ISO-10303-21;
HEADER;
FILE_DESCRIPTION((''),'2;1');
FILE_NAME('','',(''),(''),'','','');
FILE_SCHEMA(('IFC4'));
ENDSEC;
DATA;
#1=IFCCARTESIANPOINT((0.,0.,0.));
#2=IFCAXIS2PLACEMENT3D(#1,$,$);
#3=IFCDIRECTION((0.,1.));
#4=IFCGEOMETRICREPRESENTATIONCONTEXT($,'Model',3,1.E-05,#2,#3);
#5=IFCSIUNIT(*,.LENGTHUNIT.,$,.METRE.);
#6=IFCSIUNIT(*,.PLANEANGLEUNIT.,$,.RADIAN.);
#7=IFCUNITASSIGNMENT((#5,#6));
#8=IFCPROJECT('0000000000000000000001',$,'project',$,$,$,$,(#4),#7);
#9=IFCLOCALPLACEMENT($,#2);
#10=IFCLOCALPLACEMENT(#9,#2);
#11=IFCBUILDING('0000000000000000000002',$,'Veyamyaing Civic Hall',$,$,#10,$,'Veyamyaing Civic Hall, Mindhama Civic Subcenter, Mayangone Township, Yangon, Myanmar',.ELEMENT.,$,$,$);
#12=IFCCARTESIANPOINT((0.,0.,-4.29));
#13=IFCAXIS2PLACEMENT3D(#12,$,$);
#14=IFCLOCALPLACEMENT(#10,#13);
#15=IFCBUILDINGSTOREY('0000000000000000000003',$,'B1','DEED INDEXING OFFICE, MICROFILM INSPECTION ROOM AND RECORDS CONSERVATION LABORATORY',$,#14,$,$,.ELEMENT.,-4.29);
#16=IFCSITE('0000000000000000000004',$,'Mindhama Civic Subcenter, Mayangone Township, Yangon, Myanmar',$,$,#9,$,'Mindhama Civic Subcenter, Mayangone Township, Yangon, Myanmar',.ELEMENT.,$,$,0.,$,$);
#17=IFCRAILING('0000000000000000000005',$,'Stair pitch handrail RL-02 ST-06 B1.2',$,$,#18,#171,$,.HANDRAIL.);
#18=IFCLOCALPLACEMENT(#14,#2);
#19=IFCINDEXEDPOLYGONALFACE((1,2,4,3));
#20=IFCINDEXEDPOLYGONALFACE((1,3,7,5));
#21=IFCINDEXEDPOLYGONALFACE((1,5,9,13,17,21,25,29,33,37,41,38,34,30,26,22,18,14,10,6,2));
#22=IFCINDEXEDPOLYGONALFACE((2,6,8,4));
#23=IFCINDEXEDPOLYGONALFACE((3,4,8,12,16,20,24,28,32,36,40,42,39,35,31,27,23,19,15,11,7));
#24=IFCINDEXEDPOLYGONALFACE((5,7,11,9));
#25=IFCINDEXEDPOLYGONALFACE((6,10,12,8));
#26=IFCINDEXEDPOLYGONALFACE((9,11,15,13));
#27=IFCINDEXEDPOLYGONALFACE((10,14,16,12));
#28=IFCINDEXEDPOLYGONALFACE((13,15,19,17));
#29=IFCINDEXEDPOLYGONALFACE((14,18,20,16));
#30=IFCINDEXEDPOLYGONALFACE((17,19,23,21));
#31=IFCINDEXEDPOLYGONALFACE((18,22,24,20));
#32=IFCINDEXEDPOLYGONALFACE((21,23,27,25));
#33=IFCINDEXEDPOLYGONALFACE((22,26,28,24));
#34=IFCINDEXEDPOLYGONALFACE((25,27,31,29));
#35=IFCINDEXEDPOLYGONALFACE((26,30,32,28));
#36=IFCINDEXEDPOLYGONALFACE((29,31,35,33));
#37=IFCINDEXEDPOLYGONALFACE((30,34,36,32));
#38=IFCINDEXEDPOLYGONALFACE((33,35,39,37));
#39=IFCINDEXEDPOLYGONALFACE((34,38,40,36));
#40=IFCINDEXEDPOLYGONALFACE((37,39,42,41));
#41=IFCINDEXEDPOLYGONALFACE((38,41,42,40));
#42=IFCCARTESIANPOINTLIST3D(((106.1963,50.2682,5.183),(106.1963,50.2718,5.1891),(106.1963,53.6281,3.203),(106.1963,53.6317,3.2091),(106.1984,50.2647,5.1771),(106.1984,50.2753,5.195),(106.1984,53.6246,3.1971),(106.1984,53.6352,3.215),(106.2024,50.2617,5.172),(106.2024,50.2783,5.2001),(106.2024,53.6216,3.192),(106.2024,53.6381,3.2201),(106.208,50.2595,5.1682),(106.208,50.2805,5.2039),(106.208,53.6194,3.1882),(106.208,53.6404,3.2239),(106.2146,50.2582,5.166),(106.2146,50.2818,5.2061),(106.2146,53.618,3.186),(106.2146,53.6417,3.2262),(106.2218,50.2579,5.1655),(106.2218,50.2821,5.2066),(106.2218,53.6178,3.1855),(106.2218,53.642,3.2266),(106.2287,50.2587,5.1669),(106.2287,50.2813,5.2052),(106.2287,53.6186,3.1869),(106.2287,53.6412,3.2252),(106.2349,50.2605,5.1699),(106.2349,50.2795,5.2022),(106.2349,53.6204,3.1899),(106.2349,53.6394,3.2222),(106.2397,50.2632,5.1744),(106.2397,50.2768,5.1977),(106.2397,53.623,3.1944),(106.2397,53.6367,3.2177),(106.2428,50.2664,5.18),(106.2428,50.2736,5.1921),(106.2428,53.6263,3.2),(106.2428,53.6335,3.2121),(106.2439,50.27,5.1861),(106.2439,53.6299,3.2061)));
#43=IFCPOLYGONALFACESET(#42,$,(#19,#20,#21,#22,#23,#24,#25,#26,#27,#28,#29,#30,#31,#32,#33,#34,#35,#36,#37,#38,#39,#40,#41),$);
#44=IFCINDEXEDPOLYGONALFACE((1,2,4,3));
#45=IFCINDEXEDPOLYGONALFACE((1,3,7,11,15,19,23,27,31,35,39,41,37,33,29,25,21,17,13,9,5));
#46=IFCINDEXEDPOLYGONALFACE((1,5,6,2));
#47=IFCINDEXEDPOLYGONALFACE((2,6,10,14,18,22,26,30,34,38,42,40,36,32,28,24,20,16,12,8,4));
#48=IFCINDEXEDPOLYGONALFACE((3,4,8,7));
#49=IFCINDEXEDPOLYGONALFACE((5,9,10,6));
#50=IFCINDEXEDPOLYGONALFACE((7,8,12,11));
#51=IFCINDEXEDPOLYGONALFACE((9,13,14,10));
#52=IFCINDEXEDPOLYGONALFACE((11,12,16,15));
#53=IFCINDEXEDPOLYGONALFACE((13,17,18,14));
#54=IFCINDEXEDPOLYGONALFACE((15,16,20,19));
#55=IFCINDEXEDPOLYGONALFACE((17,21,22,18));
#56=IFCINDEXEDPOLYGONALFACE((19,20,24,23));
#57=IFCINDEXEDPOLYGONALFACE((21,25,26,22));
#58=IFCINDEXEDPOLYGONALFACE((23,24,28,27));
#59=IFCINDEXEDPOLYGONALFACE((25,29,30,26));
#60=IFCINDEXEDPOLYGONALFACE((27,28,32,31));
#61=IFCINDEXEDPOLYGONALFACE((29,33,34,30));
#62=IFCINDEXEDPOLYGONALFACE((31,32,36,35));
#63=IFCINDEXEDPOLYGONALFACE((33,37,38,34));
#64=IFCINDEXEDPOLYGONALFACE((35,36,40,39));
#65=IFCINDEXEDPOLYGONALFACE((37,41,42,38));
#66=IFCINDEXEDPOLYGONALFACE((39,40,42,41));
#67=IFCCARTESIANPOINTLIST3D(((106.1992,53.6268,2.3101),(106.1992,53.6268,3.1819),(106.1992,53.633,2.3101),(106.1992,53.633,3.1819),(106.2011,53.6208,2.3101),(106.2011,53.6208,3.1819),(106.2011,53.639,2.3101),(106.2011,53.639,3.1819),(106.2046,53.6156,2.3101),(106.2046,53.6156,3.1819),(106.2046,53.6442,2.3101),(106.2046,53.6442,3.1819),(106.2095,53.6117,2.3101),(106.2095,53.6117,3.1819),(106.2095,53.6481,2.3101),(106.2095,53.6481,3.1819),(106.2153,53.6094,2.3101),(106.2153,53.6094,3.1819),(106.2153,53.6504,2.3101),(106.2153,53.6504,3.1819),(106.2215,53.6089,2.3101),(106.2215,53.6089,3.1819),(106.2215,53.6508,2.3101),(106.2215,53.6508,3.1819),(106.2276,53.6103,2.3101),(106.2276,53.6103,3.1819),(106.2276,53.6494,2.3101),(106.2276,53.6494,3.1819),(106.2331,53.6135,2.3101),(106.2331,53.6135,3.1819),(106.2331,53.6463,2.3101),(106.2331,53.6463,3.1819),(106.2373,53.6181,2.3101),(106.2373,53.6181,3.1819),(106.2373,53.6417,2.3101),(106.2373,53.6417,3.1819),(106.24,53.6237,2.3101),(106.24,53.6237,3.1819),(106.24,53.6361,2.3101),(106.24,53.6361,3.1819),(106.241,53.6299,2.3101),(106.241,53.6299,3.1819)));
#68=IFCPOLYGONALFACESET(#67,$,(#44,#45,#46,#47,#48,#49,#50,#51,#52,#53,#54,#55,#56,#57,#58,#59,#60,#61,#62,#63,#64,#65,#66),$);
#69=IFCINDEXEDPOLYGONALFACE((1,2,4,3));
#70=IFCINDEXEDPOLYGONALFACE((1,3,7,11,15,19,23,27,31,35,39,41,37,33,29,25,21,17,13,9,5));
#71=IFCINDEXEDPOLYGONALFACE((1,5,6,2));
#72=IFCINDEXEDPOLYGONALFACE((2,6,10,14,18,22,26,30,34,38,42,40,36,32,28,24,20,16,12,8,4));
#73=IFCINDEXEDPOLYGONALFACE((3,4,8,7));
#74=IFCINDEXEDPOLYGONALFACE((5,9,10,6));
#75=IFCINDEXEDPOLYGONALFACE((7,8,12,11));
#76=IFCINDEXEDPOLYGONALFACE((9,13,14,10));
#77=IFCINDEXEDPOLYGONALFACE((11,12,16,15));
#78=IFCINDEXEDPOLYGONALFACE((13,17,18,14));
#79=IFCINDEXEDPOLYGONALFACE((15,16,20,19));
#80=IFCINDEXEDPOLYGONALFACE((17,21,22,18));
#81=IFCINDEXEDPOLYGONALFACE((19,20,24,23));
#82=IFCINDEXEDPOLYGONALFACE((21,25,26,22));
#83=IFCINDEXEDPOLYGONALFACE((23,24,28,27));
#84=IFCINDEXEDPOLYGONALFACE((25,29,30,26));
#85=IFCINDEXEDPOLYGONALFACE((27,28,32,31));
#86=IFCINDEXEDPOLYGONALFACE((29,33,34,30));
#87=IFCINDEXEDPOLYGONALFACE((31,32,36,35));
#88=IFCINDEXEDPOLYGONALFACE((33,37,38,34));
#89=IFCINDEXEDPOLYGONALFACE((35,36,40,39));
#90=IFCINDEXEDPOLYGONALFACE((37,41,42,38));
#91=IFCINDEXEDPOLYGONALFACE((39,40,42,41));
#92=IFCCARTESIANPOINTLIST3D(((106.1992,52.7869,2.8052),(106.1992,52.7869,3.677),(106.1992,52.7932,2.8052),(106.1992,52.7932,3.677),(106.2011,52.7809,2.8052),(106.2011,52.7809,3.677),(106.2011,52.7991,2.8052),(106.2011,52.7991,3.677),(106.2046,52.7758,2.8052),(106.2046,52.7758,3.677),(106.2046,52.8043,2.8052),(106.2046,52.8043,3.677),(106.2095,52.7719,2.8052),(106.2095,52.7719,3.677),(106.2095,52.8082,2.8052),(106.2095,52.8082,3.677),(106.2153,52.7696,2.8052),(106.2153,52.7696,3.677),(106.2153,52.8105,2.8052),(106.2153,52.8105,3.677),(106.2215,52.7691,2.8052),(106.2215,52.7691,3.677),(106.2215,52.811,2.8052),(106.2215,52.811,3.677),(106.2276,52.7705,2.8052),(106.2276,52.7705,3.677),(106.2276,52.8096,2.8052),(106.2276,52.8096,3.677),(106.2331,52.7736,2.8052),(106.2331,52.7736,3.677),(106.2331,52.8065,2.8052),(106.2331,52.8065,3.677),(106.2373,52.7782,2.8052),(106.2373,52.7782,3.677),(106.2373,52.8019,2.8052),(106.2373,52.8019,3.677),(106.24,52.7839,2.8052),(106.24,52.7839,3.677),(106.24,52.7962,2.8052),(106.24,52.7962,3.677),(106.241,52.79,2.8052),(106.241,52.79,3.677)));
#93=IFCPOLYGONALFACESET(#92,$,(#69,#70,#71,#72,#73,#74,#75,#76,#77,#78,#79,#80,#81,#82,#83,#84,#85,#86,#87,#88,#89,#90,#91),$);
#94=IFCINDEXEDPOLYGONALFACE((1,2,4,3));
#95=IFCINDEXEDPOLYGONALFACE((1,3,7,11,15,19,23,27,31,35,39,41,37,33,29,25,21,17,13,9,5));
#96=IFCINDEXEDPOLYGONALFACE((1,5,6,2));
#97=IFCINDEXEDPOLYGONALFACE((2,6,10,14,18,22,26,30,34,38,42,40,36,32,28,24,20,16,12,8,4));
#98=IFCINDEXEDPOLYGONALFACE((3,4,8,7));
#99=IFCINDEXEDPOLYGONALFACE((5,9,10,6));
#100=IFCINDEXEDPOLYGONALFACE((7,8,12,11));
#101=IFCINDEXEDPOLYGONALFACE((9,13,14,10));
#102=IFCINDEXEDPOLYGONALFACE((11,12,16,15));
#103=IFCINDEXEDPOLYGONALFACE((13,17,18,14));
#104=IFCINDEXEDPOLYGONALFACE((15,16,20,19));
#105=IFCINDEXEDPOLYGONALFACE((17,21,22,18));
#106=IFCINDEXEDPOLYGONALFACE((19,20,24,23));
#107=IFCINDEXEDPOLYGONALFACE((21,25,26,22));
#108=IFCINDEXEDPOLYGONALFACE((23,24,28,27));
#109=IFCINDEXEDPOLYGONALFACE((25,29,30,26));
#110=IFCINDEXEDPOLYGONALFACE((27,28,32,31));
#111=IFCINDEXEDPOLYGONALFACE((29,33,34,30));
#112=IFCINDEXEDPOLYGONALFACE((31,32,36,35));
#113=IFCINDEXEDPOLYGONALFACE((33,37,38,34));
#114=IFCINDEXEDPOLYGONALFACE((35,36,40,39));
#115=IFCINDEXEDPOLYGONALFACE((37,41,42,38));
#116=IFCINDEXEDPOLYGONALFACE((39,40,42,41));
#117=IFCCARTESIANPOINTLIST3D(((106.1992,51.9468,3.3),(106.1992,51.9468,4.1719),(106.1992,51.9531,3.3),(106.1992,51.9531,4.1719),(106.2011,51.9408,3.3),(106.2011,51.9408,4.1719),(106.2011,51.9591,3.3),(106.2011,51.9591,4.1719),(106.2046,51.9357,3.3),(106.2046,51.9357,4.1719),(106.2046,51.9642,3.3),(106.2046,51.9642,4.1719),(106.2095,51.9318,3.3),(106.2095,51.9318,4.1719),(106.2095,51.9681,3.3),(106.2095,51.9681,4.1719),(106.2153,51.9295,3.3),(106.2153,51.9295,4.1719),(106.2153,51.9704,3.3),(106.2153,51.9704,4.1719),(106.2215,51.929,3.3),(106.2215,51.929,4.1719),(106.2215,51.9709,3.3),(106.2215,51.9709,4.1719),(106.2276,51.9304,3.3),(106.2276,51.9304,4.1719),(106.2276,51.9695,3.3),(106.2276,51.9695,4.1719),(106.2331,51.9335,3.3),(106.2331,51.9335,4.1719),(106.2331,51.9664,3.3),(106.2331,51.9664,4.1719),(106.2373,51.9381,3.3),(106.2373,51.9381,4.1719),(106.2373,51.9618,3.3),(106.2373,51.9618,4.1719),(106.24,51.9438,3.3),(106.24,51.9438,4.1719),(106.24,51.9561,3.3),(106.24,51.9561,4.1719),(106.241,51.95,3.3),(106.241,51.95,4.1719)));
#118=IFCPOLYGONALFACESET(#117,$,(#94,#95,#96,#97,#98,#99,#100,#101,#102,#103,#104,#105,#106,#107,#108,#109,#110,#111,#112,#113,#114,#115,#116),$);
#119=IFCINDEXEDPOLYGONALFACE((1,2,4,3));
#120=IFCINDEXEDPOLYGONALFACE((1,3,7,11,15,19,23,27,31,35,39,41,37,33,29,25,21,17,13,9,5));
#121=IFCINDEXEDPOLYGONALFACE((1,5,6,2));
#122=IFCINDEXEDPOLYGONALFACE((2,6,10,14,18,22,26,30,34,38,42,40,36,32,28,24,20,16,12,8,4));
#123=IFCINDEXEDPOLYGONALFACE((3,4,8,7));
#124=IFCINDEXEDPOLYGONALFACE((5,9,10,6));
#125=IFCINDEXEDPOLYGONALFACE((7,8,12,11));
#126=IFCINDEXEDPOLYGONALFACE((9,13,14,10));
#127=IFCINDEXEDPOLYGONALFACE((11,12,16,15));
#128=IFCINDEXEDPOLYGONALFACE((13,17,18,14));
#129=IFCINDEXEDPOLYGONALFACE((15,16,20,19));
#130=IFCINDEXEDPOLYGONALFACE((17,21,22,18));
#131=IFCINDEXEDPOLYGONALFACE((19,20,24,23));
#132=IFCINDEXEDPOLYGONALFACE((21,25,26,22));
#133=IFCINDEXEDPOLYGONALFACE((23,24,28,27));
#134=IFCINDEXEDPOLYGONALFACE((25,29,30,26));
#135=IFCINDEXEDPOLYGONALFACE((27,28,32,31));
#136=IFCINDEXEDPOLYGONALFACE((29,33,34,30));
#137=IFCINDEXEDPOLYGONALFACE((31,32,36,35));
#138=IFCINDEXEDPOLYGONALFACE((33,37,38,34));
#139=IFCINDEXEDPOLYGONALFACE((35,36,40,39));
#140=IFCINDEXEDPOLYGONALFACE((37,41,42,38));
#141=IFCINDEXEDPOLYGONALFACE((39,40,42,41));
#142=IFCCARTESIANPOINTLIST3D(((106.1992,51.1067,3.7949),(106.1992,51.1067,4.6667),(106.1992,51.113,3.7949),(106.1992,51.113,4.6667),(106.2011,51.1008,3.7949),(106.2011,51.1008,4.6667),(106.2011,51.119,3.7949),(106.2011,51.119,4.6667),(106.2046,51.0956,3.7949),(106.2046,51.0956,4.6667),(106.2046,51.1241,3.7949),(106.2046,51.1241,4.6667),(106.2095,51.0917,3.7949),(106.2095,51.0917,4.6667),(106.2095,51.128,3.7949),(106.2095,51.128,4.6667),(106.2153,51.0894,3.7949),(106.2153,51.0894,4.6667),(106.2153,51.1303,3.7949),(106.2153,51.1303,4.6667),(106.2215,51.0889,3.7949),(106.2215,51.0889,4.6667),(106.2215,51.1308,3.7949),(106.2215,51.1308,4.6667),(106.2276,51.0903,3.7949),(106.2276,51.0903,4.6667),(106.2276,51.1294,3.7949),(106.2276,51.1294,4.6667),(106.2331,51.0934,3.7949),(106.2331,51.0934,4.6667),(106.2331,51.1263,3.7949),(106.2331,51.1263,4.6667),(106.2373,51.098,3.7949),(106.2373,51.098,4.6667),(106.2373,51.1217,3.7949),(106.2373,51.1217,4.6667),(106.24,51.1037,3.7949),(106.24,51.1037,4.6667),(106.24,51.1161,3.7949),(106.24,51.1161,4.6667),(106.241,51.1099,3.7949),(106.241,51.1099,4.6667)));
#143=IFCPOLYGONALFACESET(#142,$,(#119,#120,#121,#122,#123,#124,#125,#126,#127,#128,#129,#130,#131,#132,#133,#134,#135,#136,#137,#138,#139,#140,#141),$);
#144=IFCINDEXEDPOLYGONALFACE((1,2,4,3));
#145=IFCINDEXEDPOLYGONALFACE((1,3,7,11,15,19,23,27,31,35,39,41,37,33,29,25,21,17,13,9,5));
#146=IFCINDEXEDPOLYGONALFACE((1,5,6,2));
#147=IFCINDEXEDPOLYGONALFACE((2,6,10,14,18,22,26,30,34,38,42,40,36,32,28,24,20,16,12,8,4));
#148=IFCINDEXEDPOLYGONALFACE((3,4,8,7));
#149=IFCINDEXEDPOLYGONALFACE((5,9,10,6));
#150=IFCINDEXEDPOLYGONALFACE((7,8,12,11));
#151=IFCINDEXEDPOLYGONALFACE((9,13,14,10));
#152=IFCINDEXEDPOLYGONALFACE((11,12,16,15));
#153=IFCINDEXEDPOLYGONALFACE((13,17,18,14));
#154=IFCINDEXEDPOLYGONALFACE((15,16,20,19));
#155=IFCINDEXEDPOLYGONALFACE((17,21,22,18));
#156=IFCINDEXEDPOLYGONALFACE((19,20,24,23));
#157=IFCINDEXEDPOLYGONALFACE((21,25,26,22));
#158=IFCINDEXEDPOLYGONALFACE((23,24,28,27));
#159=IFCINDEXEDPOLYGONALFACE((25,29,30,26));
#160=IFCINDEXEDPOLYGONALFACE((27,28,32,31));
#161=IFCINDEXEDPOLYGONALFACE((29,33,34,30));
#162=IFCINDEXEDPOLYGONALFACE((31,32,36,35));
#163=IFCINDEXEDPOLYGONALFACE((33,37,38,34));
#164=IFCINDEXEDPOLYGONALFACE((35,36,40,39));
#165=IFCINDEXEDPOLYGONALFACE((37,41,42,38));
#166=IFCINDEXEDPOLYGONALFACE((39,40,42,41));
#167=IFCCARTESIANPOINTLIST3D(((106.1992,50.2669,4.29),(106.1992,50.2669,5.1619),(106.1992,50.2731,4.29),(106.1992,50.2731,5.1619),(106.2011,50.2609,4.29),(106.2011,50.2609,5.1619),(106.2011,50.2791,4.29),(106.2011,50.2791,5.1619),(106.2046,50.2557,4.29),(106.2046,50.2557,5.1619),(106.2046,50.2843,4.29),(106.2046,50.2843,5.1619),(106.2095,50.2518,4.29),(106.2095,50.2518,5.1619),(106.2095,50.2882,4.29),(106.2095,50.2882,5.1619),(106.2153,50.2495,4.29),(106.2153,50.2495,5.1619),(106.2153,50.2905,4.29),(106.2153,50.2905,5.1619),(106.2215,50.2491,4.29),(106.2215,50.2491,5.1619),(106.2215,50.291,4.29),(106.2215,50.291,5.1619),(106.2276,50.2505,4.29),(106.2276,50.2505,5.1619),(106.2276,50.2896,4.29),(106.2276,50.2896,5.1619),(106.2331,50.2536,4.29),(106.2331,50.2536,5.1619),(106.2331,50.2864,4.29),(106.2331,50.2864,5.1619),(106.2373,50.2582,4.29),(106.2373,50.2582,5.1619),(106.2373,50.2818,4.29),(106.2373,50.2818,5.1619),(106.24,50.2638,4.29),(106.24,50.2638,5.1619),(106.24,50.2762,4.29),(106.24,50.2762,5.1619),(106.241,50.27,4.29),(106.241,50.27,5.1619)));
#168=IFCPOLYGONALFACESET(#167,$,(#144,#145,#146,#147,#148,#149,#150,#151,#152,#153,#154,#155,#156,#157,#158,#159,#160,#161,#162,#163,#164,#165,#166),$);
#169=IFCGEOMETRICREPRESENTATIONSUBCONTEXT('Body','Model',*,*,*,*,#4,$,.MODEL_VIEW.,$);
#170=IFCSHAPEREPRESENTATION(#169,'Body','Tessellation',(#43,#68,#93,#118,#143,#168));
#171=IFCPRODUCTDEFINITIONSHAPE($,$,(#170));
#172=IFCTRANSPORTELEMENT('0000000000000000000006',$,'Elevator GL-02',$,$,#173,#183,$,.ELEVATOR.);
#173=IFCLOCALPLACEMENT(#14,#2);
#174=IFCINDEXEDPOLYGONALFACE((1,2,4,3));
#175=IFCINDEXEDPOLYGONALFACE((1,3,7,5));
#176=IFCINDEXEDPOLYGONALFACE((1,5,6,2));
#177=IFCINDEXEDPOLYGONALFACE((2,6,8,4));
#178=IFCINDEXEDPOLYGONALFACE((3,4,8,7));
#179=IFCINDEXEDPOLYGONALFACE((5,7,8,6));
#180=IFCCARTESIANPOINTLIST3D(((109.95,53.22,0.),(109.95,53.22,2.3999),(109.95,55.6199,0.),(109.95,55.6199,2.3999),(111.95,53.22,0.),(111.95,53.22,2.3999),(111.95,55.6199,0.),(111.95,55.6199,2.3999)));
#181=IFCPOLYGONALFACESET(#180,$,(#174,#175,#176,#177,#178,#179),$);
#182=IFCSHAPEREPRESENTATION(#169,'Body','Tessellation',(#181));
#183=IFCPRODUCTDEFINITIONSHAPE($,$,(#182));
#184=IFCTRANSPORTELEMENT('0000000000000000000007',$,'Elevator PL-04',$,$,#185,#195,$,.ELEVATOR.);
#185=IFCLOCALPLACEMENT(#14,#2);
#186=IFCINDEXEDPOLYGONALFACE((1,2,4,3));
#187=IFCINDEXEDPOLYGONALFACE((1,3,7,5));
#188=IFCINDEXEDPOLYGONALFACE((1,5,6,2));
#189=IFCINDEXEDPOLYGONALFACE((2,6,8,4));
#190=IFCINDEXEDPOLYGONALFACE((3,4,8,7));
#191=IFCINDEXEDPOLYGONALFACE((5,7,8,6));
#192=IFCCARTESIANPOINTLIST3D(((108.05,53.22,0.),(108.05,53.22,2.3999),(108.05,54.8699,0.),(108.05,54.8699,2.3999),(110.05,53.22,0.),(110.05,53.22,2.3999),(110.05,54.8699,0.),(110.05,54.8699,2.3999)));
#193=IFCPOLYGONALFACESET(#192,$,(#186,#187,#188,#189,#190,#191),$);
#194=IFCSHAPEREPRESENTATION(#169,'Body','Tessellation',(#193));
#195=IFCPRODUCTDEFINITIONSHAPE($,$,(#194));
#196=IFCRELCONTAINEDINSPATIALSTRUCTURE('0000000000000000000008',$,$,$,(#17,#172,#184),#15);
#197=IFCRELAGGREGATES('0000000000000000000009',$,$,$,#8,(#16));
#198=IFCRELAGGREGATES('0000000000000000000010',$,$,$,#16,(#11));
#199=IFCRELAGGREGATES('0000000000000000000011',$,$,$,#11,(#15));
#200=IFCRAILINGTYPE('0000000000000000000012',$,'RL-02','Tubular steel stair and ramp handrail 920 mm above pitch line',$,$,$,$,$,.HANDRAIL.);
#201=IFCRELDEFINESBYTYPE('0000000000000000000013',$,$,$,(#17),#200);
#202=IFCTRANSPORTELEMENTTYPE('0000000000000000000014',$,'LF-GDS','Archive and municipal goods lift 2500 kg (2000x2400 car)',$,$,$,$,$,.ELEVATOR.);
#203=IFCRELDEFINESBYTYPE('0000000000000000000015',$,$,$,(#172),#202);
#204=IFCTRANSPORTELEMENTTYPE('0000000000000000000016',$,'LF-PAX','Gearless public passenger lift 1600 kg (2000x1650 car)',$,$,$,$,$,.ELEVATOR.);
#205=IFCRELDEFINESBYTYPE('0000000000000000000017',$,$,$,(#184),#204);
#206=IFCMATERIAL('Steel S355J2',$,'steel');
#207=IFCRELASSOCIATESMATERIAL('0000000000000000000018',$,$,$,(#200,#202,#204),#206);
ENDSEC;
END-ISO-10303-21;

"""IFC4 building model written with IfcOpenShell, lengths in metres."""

from ifc_helpers import new_model, si_unit, direction, frame, origin, origin_2d, place, context, subcontext, project, spatial, rectangle, circle, extrude, material, type_object, element, save


model = new_model("IFC4")

# Units and contexts
model_context = context("Model", 3, precision=1e-05, world=origin(), true_north=direction((0.0, 1.0)))
body_context = subcontext(model_context, "Body", "Model", "MODEL_VIEW")
ifc_project = project(units=[si_unit("LENGTHUNIT", "METRE"), si_unit("PLANEANGLEUNIT", "RADIAN")], contexts=[model_context])

# Site, building, storey
site_placement = place(None, origin())
site = spatial("IfcSite", under=ifc_project, at=site_placement, Name="Mindhama Civic Subcenter, Mayangone Township, Yangon, Myanmar", LongName="Mindhama Civic Subcenter, Mayangone Township, Yangon, Myanmar", CompositionType="ELEMENT", RefElevation=0.0)
building_placement = place(site_placement, origin())
building = spatial("IfcBuilding", under=site, at=building_placement, Name="Veyamyaing Civic Hall", LongName="Veyamyaing Civic Hall, Mindhama Civic Subcenter, Mayangone Township, Yangon, Myanmar", CompositionType="ELEMENT")
storey_placement = place(building_placement, frame((0.0, 0.0, -4.29)))
storey = spatial("IfcBuildingStorey", under=building, at=storey_placement, Name="B1", Description="DEED INDEXING OFFICE, MICROFILM INSPECTION ROOM AND RECORDS CONSERVATION LABORATORY", CompositionType="ELEMENT", Elevation=-4.29)

# Shared definitions
ifc_material_1 = material(Name="Steel S355J2", Category="steel")

# Railing
railing_type_1 = type_object("IfcRailingType", Name="RL-02", Description="Tubular steel stair and ramp handrail 920 mm above pitch line", PredefinedType="HANDRAIL", material=ifc_material_1)
railing_1_placement = place(storey_placement, frame((106.22, 53.6299, 2.3101)))
element("IfcRailing", 1, at=railing_1_placement, inside=storey, type_object=railing_type_1, Name="Stair pitch handrail RL-02 ST-06 B1.2", PredefinedType="HANDRAIL", context=body_context, shape_type="SweptSolid", body=[
    extrude(circle(Radius=0.0239, at=origin_2d()), frame((0.0, 0.0, 0.896), z_axis=(0.0, -0.861532, 0.507704), x_axis=(1.0, 0.0, 0.0)), (0.0, 0.0, 1.0), 3.8999),
    extrude(circle(Radius=0.021, at=origin_2d()), origin(), (0.0, 0.0, 1.0), 0.8718),
    extrude(circle(Radius=0.021, at=origin_2d()), frame((0.0, -0.8398, 0.4951)), (0.0, 0.0, 1.0), 0.8718),
    extrude(circle(Radius=0.021, at=origin_2d()), frame((0.0, -1.6799, 0.99)), (0.0, 0.0, 1.0), 0.8718),
    extrude(circle(Radius=0.021, at=origin_2d()), frame((0.0, -2.52, 1.4849)), (0.0, 0.0, 1.0), 0.8718),
    extrude(circle(Radius=0.021, at=origin_2d()), frame((0.0, -3.3599, 1.98)), (0.0, 0.0, 1.0), 0.8718),
])

# Transport elements
transport_element_type_1 = type_object("IfcTransportElementType", Name="LF-GDS", Description="Archive and municipal goods lift 2500 kg (2000x2400 car)", PredefinedType="ELEVATOR", material=ifc_material_1)
transport_element_1_placement = place(storey_placement, frame((110.95, 54.4199, 0.0), z_axis=(0.0, 0.0, 1.0), x_axis=(1.0, 0.0, 0.0)))
element("IfcTransportElement", 2, at=transport_element_1_placement, inside=storey, type_object=transport_element_type_1, Name="Elevator GL-02", PredefinedType="ELEVATOR", context=body_context, shape_type="SweptSolid", body=[
    extrude(rectangle(XDim=2.0, YDim=2.3999, at=origin_2d()), origin(), (0.0, 0.0, 1.0), 2.3999),
])
transport_element_type_2 = type_object("IfcTransportElementType", Name="LF-PAX", Description="Gearless public passenger lift 1600 kg (2000x1650 car)", PredefinedType="ELEVATOR", material=ifc_material_1)
transport_element_2_placement = place(storey_placement, frame((109.05, 54.0449, 0.0), z_axis=(0.0, 0.0, 1.0), x_axis=(1.0, 0.0, 0.0)))
element("IfcTransportElement", 3, at=transport_element_2_placement, inside=storey, type_object=transport_element_type_2, Name="Elevator PL-04", PredefinedType="ELEVATOR", context=body_context, shape_type="SweptSolid", body=[
    extrude(rectangle(XDim=2.0, YDim=1.6499, at=origin_2d()), origin(), (0.0, 0.0, 1.0), 2.3999),
])

save(model, "model.ifc")
